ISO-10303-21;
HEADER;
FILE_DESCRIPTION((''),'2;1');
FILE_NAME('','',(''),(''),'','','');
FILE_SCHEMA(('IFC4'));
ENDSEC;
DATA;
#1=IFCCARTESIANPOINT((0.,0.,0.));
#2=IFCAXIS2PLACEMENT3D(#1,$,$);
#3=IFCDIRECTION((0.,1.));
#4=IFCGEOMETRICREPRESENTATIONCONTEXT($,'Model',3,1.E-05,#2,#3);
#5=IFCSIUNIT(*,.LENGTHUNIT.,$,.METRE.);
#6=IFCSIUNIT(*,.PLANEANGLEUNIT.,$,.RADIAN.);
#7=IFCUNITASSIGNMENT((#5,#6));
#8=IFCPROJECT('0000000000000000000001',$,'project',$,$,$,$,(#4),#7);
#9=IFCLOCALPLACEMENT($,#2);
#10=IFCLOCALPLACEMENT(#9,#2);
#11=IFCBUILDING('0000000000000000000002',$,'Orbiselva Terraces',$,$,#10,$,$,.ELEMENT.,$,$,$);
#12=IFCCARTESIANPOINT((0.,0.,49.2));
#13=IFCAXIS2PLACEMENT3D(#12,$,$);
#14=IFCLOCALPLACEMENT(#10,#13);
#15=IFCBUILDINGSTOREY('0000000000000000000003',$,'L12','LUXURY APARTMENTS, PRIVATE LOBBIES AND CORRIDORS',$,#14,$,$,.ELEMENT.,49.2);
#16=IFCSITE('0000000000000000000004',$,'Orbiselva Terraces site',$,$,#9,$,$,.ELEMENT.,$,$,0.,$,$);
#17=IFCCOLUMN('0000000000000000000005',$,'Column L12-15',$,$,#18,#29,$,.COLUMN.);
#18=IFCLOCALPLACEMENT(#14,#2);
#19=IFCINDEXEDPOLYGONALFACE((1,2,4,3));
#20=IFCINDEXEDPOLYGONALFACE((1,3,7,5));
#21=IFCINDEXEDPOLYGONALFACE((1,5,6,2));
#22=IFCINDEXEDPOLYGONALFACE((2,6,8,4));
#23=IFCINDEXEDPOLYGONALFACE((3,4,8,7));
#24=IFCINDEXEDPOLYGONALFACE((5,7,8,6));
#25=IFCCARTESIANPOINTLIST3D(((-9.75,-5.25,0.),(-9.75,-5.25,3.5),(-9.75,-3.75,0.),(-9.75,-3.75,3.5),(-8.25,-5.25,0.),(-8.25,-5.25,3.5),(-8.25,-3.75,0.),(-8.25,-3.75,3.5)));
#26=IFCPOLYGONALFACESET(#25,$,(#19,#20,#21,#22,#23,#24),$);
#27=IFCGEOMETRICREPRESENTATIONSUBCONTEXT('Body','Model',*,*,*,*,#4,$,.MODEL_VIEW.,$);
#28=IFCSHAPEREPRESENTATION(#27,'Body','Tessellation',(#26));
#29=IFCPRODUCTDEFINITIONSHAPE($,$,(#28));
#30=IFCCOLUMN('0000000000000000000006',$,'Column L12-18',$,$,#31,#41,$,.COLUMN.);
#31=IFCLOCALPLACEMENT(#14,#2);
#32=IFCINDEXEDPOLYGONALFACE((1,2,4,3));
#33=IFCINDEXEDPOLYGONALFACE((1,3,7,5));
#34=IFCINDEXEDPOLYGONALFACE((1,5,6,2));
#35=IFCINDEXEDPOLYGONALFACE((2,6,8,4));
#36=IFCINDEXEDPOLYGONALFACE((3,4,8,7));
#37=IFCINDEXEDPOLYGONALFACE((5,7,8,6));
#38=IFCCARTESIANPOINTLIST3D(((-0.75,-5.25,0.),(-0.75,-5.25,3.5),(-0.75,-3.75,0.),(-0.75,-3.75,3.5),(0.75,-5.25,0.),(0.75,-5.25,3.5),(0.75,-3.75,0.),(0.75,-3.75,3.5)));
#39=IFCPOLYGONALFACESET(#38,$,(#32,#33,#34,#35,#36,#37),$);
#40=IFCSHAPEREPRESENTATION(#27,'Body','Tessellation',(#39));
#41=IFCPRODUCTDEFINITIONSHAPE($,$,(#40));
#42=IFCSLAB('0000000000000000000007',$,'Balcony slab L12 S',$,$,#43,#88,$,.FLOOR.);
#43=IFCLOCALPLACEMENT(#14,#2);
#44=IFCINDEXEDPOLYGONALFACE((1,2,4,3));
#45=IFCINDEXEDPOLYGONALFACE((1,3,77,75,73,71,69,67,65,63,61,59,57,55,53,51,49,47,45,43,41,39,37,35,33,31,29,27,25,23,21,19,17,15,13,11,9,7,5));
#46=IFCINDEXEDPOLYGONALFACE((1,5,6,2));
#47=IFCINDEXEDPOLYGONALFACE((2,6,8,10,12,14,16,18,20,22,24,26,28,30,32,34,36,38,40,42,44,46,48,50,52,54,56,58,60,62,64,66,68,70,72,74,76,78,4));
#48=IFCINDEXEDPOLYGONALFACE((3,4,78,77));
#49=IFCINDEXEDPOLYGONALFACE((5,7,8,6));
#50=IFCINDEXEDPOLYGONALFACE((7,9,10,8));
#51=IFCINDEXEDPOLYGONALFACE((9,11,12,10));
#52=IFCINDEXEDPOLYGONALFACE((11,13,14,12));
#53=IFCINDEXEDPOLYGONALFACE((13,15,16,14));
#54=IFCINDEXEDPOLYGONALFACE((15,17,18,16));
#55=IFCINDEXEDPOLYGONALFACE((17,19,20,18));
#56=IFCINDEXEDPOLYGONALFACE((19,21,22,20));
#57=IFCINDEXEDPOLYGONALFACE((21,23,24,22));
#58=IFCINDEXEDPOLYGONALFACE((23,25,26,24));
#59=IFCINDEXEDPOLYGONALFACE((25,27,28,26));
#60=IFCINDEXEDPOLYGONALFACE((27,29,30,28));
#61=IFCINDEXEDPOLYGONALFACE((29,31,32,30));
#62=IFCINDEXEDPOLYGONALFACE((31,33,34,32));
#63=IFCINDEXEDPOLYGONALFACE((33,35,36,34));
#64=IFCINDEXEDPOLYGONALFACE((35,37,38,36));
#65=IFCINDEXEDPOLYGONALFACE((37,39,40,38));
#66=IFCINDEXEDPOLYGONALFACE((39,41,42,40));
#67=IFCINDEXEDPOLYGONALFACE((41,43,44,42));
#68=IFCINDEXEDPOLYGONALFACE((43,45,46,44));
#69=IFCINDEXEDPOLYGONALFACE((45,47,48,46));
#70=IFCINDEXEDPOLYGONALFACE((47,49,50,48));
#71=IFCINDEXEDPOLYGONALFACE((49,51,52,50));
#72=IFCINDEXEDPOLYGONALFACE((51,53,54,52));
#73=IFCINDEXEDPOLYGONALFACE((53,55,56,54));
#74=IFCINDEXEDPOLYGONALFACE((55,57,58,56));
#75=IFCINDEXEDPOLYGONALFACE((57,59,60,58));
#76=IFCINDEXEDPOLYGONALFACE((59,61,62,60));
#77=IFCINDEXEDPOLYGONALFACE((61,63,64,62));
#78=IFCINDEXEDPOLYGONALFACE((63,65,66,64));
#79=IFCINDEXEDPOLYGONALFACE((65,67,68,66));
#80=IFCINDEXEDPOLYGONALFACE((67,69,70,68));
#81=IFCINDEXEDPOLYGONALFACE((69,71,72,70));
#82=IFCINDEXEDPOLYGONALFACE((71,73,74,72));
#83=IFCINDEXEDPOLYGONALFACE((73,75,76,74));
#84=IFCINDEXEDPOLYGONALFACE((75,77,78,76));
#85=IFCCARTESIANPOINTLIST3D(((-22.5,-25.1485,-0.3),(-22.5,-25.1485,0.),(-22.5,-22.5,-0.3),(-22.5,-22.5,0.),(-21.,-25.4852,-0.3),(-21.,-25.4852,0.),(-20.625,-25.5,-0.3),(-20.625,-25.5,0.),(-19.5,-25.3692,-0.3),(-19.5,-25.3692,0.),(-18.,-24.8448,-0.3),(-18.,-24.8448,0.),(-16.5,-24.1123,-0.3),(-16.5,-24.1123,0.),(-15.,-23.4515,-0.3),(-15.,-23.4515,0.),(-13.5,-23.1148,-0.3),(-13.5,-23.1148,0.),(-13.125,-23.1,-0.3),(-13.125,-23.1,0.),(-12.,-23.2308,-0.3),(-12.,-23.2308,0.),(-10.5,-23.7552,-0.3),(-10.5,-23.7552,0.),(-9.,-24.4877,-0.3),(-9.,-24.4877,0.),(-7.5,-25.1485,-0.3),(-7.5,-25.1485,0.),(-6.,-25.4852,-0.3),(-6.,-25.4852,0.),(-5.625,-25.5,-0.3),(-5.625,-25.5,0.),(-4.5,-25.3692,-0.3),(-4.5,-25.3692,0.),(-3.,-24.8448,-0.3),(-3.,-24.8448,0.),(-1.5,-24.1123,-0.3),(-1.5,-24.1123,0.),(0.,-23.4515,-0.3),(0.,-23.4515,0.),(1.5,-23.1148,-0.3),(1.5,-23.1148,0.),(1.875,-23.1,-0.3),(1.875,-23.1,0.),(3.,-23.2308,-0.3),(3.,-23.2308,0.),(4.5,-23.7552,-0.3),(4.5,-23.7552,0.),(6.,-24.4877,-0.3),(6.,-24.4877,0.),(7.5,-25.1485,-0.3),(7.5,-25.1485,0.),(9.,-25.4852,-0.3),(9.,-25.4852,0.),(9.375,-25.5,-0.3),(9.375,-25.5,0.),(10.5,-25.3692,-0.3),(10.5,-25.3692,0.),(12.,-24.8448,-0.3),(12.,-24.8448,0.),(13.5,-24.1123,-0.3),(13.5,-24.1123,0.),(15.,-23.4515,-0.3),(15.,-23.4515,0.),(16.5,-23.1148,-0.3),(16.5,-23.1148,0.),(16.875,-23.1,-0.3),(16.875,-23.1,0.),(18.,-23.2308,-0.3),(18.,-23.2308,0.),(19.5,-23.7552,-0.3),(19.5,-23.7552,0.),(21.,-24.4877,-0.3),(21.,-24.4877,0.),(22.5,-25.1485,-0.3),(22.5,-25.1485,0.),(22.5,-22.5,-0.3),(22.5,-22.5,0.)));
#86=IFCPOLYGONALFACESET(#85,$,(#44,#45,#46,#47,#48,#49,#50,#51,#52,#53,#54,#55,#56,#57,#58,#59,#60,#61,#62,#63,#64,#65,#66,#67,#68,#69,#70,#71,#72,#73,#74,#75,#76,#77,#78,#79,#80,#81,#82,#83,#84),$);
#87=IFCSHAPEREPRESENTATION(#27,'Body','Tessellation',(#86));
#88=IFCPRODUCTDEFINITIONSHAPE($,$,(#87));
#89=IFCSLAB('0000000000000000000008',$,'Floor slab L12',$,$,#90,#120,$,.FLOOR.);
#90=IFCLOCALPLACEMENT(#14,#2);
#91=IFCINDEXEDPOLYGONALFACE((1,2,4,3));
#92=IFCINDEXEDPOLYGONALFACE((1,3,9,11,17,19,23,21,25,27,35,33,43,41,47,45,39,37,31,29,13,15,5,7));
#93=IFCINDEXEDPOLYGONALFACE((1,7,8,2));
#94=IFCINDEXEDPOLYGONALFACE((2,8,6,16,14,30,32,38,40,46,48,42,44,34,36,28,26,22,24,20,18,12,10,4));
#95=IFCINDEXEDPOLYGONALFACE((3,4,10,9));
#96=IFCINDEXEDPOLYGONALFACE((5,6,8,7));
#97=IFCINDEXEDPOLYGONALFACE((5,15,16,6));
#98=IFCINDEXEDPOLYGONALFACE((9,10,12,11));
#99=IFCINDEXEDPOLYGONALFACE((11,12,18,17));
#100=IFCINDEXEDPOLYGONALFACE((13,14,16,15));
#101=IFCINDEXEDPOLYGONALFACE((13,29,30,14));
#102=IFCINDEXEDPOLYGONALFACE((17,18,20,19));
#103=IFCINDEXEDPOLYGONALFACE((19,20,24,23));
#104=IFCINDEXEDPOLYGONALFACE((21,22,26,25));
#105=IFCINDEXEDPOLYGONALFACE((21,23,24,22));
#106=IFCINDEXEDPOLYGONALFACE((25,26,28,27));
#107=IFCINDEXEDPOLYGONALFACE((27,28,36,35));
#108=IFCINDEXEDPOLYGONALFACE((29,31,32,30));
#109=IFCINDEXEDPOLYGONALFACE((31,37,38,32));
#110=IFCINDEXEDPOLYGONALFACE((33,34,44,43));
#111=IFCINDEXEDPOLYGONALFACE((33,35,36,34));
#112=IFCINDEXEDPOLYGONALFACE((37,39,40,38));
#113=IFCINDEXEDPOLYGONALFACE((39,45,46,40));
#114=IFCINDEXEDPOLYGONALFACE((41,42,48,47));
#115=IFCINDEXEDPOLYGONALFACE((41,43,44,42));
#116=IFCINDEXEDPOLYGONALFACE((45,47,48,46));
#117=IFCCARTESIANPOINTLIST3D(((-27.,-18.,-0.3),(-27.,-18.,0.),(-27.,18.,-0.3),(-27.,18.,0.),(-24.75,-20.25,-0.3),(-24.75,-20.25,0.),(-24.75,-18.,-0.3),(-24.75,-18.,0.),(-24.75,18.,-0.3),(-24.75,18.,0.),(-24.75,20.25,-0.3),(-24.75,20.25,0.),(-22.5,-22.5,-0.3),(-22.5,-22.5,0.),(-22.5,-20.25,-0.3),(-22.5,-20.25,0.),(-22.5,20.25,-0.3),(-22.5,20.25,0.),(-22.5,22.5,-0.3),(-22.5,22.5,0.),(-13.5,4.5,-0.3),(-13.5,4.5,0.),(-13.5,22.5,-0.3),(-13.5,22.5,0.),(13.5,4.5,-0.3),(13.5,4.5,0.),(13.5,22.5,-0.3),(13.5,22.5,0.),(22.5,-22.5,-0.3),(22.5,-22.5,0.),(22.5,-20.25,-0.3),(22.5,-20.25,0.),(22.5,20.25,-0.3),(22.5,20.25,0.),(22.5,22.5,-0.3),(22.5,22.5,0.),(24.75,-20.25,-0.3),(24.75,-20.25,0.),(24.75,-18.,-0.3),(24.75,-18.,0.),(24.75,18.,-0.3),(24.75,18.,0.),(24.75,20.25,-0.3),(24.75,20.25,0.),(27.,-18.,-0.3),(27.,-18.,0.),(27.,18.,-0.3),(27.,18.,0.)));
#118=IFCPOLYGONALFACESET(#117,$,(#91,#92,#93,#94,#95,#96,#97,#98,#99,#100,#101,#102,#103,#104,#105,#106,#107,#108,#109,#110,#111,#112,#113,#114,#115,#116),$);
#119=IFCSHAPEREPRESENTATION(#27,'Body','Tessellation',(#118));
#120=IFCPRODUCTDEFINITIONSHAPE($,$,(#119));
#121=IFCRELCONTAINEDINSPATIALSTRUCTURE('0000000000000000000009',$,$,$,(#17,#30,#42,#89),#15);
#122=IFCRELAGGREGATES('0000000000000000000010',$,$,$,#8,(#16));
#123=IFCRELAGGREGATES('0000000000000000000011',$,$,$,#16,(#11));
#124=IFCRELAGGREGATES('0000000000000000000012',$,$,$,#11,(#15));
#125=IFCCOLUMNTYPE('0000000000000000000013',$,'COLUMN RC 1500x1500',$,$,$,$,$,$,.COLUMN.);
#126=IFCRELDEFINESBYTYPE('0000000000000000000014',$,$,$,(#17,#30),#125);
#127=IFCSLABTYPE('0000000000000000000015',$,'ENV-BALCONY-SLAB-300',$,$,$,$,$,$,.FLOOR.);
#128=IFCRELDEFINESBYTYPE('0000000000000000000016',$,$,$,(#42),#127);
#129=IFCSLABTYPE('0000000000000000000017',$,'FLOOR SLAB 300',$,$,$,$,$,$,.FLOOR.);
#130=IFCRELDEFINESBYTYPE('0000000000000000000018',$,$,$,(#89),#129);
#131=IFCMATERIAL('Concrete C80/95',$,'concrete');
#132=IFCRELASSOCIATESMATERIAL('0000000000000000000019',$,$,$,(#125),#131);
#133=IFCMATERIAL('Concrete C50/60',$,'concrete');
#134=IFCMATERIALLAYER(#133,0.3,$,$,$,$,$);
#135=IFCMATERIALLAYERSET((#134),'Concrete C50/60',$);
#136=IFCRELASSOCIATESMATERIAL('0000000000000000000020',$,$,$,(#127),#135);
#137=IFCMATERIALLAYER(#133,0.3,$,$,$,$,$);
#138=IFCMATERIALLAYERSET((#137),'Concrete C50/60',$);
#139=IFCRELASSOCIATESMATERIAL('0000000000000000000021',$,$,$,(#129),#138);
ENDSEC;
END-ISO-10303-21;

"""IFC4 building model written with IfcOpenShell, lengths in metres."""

from ifc_helpers import new_model, si_unit, direction, frame, origin, origin_2d, place, context, subcontext, project, spatial, polyline, rectangle, outline, extrude, material, layer, layer_set, material_profile, profile_set, type_object, element, save


model = new_model("IFC4")

# Units and contexts
model_context = context("Model", 3, precision=1e-05, world=origin(), true_north=direction((0.0, 1.0)))
body_context = subcontext(model_context, "Body", "Model", "MODEL_VIEW")
ifc_project = project(units=[si_unit("LENGTHUNIT", "METRE"), si_unit("PLANEANGLEUNIT", "RADIAN")], contexts=[model_context])

# Site, building, storey
site_placement = place(None, origin())
site = spatial("IfcSite", under=ifc_project, at=site_placement, Name="Orbiselva Terraces site", CompositionType="ELEMENT", RefElevation=0.0)
building_placement = place(site_placement, origin())
building = spatial("IfcBuilding", under=site, at=building_placement, Name="Orbiselva Terraces", CompositionType="ELEMENT")
storey_placement = place(building_placement, frame((0.0, 0.0, 49.2)))
storey = spatial("IfcBuildingStorey", under=building, at=storey_placement, Name="L12", Description="LUXURY APARTMENTS, PRIVATE LOBBIES AND CORRIDORS", CompositionType="ELEMENT", Elevation=49.2)

# Columns
ifc_material_1 = material(Name="Concrete C80/95", Category="concrete")
ifc_material_profile = material_profile(ifc_material_1, rectangle(XDim=1.5, YDim=1.5, at=origin_2d()), Name="RC 1500x1500")
ifc_profile_set = profile_set([ifc_material_profile], Name="Concrete C80/95")
column_type = type_object("IfcColumnType", Name="COLUMN RC 1500x1500", PredefinedType="COLUMN", material=ifc_profile_set)
for number, where, z_axis, x_axis, name in (
    (1, (-9.0, -4.5, 0.0), (0.0, 0.0, 1.0), (1.0, 0.0, 0.0), "Column L12-15"),
    (2, (0.0, -4.5, 0.0), (0.0, 0.0, 1.0), (1.0, 0.0, 0.0), "Column L12-18"),
):
    element("IfcColumn", number, at=place(storey_placement, frame(where, z_axis=z_axis, x_axis=x_axis)), inside=storey, type_object=column_type, Name=name, PredefinedType="COLUMN", context=body_context, shape_type="SweptSolid", body=[
        extrude(rectangle(XDim=1.5, YDim=1.5, at=origin_2d()), origin(), (0.0, 0.0, 1.0), 3.5),
    ])

# Slabs
ifc_material_2 = material(Name="Concrete C50/60", Category="concrete")
ifc_layer_1 = layer(ifc_material_2, 0.3)
ifc_layer_set_1 = layer_set([ifc_layer_1], Name="Concrete C50/60")
slab_type_1 = type_object("IfcSlabType", Name="ENV-BALCONY-SLAB-300", PredefinedType="FLOOR", material=ifc_layer_set_1)
slab_1_placement = place(storey_placement, frame((0.0, 0.0, -0.3)))
element("IfcSlab", 3, at=slab_1_placement, inside=storey, type_object=slab_type_1, Name="Balcony slab L12 S", PredefinedType="FLOOR", context=body_context, shape_type="SweptSolid", body=[
    extrude(outline(polyline([(-22.5, -25.1485), (-21.0, -25.4852), (-20.625, -25.5), (-19.5, -25.3692), (-18.0, -24.8448), (-16.5, -24.1123), (-15.0, -23.4515), (-13.5, -23.1148), (-13.125, -23.1), (-12.0, -23.2308), (-10.5, -23.7552), (-9.0, -24.4877), (-7.5, -25.1485), (-6.0, -25.4852), (-5.625, -25.5), (-4.5, -25.3692), (-3.0, -24.8448), (-1.5, -24.1123), (0.0, -23.4515), (1.5, -23.1148), (1.875, -23.1), (3.0, -23.2308), (4.5, -23.7552), (6.0, -24.4877), (7.5, -25.1485), (9.0, -25.4852), (9.375, -25.5), (10.5, -25.3692), (12.0, -24.8448), (13.5, -24.1123), (15.0, -23.4515), (16.5, -23.1148), (16.875, -23.1), (18.0, -23.2308), (19.5, -23.7552), (21.0, -24.4877), (22.5, -25.1485), (22.5, -22.5), (-22.5, -22.5), (-22.5, -25.1485)])), origin(), (0.0, 0.0, 1.0), 0.3),
])
ifc_layer_2 = layer(ifc_material_2, 0.3)
ifc_layer_set_2 = layer_set([ifc_layer_2], Name="Concrete C50/60")
slab_type_2 = type_object("IfcSlabType", Name="FLOOR SLAB 300", PredefinedType="FLOOR", material=ifc_layer_set_2)
slab_2_placement = place(storey_placement, frame((0.0, 0.0, -0.3)))
element("IfcSlab", 4, at=slab_2_placement, inside=storey, type_object=slab_type_2, Name="Floor slab L12", PredefinedType="FLOOR", context=body_context, shape_type="SweptSolid", body=[
    extrude(outline(polyline([(22.5, 22.5), (22.5, 20.25), (24.75, 20.25), (24.75, 18.0), (27.0, 18.0), (27.0, -18.0), (24.75, -18.0), (24.75, -20.25), (22.5, -20.25), (22.5, -22.5), (-22.5, -22.5), (-22.5, -20.25), (-24.75, -20.25), (-24.75, -18.0), (-27.0, -18.0), (-27.0, 18.0), (-24.75, 18.0), (-24.75, 20.25), (-22.5, 20.25), (-22.5, 22.5), (-13.5, 22.5), (-13.5, 4.5), (13.5, 4.5), (13.5, 22.5), (22.5, 22.5)])), origin(), (0.0, 0.0, 1.0), 0.3),
])

save(model, "model.ifc")
